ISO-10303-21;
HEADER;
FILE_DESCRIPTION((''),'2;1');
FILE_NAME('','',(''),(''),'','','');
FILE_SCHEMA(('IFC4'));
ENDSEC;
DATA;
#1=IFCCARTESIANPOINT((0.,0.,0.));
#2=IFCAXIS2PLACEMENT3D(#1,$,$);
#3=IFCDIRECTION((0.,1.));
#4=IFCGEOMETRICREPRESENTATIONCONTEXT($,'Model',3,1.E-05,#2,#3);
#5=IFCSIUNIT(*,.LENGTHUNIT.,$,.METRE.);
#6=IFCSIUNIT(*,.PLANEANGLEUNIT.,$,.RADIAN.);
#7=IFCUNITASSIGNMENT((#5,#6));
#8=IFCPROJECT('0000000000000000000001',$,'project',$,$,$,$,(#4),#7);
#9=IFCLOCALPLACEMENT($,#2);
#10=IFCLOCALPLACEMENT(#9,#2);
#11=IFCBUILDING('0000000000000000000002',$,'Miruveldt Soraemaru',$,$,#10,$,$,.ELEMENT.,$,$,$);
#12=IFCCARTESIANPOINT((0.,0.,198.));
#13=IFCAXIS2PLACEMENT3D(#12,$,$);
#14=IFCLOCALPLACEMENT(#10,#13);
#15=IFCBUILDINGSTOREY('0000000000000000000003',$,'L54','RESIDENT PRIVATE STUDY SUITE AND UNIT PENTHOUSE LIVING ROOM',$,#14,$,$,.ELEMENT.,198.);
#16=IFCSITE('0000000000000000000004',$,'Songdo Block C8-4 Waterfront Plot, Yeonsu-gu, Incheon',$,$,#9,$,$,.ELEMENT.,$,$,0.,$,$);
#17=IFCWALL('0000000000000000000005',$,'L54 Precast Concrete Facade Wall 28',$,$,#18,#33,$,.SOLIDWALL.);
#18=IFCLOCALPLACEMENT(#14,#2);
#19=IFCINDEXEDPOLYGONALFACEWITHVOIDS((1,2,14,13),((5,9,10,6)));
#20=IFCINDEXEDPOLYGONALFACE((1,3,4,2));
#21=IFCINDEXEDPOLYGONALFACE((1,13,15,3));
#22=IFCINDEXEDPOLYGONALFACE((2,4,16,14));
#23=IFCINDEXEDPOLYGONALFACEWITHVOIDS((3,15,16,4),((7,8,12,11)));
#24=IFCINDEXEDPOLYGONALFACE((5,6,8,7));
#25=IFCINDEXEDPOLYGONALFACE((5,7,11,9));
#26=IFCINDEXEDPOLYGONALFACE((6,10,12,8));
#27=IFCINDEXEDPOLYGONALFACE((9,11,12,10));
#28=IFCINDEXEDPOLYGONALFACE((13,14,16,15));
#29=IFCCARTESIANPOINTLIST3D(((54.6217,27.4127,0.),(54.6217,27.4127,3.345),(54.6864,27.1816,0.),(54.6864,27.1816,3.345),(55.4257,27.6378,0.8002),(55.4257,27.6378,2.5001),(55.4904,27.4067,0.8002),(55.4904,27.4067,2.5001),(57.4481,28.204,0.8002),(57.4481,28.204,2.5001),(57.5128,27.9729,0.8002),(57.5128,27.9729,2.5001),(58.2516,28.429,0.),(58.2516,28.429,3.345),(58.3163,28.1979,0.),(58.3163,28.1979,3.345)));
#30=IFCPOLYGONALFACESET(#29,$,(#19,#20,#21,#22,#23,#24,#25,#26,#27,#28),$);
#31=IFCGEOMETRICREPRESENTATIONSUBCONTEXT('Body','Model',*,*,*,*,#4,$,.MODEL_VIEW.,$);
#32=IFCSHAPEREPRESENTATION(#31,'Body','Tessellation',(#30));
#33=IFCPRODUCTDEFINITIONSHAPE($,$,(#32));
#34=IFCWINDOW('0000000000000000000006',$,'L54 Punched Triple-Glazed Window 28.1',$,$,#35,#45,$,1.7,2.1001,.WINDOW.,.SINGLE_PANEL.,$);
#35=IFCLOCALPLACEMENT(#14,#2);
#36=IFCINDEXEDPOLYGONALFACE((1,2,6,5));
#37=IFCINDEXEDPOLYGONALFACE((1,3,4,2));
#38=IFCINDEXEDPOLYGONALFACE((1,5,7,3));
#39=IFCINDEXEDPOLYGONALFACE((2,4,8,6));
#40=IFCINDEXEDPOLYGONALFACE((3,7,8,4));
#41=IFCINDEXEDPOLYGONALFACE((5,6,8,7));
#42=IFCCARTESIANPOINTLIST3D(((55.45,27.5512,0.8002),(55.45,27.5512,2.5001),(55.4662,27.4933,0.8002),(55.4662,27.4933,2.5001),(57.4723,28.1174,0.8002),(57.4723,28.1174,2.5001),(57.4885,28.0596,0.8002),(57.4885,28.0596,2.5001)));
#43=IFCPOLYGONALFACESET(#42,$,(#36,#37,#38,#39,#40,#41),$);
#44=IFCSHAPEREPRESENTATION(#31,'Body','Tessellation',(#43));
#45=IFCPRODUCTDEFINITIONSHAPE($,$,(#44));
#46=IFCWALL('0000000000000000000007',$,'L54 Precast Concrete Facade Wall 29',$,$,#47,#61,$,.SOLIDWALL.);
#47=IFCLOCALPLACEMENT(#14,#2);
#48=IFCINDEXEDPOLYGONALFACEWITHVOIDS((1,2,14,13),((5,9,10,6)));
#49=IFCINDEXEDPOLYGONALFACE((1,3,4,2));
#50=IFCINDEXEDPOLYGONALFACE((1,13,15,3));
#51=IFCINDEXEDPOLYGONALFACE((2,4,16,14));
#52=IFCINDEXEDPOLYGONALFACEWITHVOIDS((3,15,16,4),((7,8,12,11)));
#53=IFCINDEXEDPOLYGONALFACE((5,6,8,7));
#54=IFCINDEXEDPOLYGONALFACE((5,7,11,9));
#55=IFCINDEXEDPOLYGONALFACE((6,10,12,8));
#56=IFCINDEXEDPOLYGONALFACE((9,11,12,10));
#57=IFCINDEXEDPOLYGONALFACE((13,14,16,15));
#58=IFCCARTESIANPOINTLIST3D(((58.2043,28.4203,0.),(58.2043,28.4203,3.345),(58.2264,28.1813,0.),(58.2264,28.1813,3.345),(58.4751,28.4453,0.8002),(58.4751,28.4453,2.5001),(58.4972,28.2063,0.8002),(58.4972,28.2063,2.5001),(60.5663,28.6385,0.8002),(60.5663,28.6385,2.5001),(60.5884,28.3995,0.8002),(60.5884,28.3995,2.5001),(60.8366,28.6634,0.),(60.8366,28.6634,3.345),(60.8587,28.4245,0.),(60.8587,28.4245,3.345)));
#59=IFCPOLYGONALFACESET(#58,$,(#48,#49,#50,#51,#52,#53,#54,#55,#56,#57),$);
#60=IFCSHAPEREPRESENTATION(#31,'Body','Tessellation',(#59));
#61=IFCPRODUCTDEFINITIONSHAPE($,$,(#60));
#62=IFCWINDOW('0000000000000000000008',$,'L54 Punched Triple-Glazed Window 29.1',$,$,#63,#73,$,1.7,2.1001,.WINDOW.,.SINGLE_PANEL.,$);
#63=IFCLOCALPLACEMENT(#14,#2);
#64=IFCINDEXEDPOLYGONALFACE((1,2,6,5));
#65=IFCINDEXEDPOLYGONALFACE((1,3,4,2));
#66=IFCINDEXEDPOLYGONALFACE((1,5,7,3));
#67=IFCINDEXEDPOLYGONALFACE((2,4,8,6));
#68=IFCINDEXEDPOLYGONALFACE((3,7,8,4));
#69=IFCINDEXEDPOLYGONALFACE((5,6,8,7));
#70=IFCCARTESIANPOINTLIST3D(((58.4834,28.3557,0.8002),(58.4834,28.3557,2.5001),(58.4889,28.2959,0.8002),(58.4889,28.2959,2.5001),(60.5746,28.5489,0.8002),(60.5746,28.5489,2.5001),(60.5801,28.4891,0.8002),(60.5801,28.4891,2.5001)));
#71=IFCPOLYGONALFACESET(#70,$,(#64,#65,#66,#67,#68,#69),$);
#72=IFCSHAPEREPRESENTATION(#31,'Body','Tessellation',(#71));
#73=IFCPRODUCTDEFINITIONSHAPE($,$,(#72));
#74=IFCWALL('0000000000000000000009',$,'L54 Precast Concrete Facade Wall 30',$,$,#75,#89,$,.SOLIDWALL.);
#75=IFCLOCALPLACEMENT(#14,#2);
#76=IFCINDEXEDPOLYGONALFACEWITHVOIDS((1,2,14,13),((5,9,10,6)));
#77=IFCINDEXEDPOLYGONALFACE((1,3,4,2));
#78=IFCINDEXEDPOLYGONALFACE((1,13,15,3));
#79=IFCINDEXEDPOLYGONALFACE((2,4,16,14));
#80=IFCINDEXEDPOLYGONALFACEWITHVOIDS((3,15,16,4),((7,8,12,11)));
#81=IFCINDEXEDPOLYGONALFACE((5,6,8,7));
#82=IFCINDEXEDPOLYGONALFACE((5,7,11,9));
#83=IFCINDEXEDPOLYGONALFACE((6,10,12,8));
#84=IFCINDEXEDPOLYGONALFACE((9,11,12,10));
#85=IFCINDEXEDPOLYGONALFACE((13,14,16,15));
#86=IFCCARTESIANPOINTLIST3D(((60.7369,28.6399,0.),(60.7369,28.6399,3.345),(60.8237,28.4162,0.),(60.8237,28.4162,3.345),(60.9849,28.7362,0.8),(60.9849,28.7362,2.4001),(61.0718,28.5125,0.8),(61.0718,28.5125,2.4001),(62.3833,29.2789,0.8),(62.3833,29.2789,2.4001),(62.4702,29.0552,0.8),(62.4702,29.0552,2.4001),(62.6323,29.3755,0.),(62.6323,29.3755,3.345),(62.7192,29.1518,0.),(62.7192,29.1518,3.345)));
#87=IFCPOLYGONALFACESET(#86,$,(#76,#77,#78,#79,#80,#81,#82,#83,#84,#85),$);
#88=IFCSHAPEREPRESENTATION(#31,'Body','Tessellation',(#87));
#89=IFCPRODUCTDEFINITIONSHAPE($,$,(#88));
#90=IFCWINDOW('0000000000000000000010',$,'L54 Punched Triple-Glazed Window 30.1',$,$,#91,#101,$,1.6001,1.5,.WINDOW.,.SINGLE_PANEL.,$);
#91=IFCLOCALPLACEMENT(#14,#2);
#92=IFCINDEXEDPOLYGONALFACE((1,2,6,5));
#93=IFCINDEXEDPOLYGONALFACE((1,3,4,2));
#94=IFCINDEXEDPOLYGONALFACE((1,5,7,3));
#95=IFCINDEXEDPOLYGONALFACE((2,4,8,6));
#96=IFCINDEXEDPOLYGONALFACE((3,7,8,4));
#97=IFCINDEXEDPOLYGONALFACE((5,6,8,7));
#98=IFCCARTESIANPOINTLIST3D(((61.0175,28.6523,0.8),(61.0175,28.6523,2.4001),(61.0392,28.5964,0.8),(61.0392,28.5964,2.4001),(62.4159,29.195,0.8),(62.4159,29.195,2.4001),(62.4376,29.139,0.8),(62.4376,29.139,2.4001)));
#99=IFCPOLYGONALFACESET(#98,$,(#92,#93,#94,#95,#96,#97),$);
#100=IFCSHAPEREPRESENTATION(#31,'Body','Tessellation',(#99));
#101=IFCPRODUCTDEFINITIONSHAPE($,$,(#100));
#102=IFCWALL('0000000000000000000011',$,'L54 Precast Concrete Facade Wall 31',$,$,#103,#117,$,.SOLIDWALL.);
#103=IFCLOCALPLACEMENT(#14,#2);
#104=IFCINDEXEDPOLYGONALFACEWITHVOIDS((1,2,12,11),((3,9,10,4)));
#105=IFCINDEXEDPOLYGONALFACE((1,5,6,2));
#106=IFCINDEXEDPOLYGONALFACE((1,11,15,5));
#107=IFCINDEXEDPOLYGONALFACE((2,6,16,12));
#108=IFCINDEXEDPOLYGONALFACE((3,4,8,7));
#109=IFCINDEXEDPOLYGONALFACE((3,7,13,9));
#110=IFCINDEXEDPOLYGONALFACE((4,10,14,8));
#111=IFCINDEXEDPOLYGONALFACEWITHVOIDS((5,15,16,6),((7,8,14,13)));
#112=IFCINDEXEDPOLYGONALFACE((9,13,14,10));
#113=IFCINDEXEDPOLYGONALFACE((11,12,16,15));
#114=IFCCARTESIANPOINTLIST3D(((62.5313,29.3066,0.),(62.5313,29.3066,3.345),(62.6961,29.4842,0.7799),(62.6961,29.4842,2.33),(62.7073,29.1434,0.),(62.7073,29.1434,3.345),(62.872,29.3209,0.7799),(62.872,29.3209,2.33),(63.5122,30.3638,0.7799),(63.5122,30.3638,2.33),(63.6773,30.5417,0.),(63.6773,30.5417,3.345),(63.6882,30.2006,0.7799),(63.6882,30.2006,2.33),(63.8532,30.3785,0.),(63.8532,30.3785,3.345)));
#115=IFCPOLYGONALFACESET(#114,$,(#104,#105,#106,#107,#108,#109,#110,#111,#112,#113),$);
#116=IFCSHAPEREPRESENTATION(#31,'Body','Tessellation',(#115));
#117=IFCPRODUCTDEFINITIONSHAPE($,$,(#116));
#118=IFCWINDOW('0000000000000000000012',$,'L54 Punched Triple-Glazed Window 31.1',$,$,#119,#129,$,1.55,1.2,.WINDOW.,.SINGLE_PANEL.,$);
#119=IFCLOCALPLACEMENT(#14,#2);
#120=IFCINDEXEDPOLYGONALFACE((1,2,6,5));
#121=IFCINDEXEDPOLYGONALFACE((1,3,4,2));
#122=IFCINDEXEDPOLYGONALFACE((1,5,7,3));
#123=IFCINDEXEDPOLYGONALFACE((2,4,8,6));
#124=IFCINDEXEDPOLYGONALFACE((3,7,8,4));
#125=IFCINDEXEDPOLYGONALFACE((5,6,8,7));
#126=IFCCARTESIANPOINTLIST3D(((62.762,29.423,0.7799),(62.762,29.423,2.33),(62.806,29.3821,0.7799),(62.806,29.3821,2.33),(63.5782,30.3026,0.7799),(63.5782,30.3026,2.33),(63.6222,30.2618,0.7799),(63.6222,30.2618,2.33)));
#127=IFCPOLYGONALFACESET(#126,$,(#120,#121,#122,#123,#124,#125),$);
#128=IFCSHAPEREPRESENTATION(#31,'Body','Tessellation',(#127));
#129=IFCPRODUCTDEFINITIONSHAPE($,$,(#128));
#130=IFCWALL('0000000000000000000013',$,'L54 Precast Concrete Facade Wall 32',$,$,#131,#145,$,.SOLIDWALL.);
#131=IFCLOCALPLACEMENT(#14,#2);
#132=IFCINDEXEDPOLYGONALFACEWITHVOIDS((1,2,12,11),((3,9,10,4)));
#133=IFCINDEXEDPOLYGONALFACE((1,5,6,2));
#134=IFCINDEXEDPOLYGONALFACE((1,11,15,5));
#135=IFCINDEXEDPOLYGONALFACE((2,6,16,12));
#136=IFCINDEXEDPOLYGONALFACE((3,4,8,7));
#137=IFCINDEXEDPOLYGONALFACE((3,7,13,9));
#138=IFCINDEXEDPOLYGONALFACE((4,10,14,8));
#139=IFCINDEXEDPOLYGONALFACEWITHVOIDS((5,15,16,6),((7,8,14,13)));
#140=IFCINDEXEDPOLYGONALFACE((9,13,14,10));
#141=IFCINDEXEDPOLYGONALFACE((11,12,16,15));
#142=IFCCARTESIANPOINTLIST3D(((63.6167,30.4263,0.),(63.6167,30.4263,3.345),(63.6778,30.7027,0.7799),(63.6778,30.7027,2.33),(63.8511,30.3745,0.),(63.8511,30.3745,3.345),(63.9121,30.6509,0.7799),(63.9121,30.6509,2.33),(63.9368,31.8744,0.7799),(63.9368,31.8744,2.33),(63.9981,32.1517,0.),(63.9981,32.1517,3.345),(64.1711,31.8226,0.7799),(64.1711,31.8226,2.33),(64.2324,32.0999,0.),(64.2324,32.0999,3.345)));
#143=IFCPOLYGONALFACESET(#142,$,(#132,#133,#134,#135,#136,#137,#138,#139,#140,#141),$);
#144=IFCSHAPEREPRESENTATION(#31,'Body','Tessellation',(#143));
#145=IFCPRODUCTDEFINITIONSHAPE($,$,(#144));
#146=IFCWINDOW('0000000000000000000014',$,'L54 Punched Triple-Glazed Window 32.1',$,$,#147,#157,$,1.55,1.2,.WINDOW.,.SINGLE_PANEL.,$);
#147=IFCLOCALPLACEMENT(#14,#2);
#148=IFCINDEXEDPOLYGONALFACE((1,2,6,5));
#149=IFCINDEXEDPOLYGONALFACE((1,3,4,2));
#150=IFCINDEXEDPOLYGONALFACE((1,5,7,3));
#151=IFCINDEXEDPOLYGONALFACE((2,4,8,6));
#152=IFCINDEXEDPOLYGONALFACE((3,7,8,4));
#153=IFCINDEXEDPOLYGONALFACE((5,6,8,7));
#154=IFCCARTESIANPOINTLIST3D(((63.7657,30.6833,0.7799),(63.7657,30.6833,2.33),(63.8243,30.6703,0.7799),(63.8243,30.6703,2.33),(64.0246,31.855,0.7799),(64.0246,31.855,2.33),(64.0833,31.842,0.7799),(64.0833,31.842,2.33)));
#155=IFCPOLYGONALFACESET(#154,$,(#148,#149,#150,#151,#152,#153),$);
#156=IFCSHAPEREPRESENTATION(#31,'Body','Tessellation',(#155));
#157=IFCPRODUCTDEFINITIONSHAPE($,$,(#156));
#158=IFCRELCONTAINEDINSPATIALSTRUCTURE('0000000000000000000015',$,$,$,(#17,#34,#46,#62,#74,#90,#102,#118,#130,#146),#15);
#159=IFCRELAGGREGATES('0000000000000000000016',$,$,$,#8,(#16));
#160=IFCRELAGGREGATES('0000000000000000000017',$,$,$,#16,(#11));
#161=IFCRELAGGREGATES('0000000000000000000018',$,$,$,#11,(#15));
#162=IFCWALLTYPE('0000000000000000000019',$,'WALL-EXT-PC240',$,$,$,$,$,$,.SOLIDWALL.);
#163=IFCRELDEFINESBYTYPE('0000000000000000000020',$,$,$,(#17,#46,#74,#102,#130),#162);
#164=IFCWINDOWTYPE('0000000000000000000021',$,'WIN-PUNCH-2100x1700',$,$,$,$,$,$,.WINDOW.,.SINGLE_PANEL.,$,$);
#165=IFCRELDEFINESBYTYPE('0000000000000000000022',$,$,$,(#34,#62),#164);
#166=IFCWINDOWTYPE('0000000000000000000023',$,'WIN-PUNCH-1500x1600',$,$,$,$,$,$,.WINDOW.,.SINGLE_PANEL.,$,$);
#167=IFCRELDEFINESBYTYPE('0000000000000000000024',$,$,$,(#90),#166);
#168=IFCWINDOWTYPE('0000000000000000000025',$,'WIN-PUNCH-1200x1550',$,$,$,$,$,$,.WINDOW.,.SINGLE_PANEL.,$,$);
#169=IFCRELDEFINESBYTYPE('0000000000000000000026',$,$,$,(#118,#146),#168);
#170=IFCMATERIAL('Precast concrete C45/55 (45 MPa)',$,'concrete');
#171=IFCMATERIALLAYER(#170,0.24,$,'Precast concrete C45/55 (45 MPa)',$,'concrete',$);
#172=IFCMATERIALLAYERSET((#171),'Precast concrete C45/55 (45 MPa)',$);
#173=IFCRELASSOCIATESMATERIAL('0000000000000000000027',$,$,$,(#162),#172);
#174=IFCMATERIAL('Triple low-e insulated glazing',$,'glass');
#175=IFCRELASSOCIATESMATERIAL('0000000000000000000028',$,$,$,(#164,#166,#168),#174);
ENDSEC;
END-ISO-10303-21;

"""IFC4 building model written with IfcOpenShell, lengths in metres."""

from ifc_helpers import new_model, si_unit, direction, frame, frame_2d, origin, place, context, subcontext, project, spatial, rectangle, extrude, material, layer, layer_set, type_object, element, fill, save


model = new_model("IFC4")

# Units and contexts
model_context = context("Model", 3, precision=1e-05, world=origin(), true_north=direction((0.0, 1.0)))
body_context = subcontext(model_context, "Body", "Model", "MODEL_VIEW")
ifc_project = project(units=[si_unit("LENGTHUNIT", "METRE"), si_unit("PLANEANGLEUNIT", "RADIAN")], contexts=[model_context])

# Site, building, storey
site_placement = place(None, origin())
site = spatial("IfcSite", under=ifc_project, at=site_placement, Name="Songdo Block C8-4 Waterfront Plot, Yeonsu-gu, Incheon", CompositionType="ELEMENT", RefElevation=0.0)
building_placement = place(site_placement, origin())
building = spatial("IfcBuilding", under=site, at=building_placement, Name="Miruveldt Soraemaru", CompositionType="ELEMENT")
storey_placement = place(building_placement, frame((0.0, 0.0, 198.0)))
storey = spatial("IfcBuildingStorey", under=building, at=storey_placement, Name="L54", Description="RESIDENT PRIVATE STUDY SUITE AND UNIT PENTHOUSE LIVING ROOM", CompositionType="ELEMENT", Elevation=198.0)

# Walls, openings, windows
ifc_material_1 = material(Name="Precast concrete C45/55 (45 MPa)", Category="concrete")
ifc_layer_1 = layer(ifc_material_1, 0.24, Name="Precast concrete C45/55 (45 MPa)", Category="concrete")
ifc_layer_set_1 = layer_set([ifc_layer_1], Name="Precast concrete C45/55 (45 MPa)")
wall_type_1 = type_object("IfcWallType", Name="WALL-EXT-PC240", PredefinedType="SOLIDWALL", material=ifc_layer_set_1)
wall_1_placement = place(storey_placement, frame((54.6541, 27.2971, 0.0), z_axis=(0.0, 0.0, 1.0), x_axis=(0.962965, 0.269628, 0.0)))
wall_1 = element("IfcWall", 1, at=wall_1_placement, inside=storey, type_object=wall_type_1, Name="L54 Precast Concrete Facade Wall 28", PredefinedType="SOLIDWALL", context=body_context, shape_type="SweptSolid", body=[
    extrude(rectangle(XDim=3.7695, YDim=0.24, at=frame_2d((1.8848, 0.0))), origin(), (0.0, 0.0, 1.0), 3.345),
])
opening_1_placement = place(wall_1_placement, frame((0.835, 0.0, 0.8)))
opening_1 = element("IfcOpeningElement", 2, at=opening_1_placement, cuts=wall_1, PredefinedType="OPENING", context=body_context, shape_type="SweptSolid", body=[
    extrude(rectangle(XDim=2.1001, YDim=1.7, at=frame_2d((1.05, 0.8501))), frame((0.0, 0.1299, 0.0), z_axis=(0.0, -1.0, 0.0), x_axis=(1.0, 0.0, 0.0)), (0.0, 0.0, 1.0), 0.26),
])
ifc_material_2 = material(Name="Triple low-e insulated glazing", Category="glass")
window_type_1 = type_object("IfcWindowType", Name="WIN-PUNCH-2100x1700", PartitioningType="SINGLE_PANEL", PredefinedType="WINDOW", material=ifc_material_2)
window_1_placement = place(opening_1_placement, origin())
window_1 = element("IfcWindow", 3, at=window_1_placement, inside=storey, type_object=window_type_1, Name="L54 Punched Triple-Glazed Window 28.1", OverallHeight=1.7, OverallWidth=2.1001, PartitioningType="SINGLE_PANEL", PredefinedType="WINDOW", context=body_context, shape_type="SweptSolid", body=[
    extrude(rectangle(XDim=2.1001, YDim=1.7, at=frame_2d((1.05, 0.8501))), frame((0.0, 0.03, 0.0), z_axis=(0.0, -1.0, 0.0), x_axis=(1.0, 0.0, 0.0)), (0.0, 0.0, 1.0), 0.0601),
])
fill(opening_1, window_1)
wall_2_placement = place(storey_placement, frame((58.2153, 28.3008, 0.0), z_axis=(0.0, 0.0, 1.0), x_axis=(0.99576, 0.091985, 0.0)))
wall_2 = element("IfcWall", 4, at=wall_2_placement, inside=storey, type_object=wall_type_1, Name="L54 Precast Concrete Facade Wall 29", PredefinedType="SOLIDWALL", context=body_context, shape_type="SweptSolid", body=[
    extrude(rectangle(XDim=2.6436, YDim=0.24, at=frame_2d((1.3218, 0.0))), origin(), (0.0, 0.0, 1.0), 3.345),
])
opening_2_placement = place(wall_2_placement, frame((0.272, 0.0, 0.8)))
opening_2 = element("IfcOpeningElement", 5, at=opening_2_placement, cuts=wall_2, PredefinedType="OPENING", context=body_context, shape_type="SweptSolid", body=[
    extrude(rectangle(XDim=2.1001, YDim=1.7, at=frame_2d((1.05, 0.8501))), frame((0.0, 0.1299, 0.0), z_axis=(0.0, -1.0, 0.0), x_axis=(1.0, 0.0, 0.0)), (0.0, 0.0, 1.0), 0.26),
])
window_2_placement = place(opening_2_placement, origin())
window_2 = element("IfcWindow", 6, at=window_2_placement, inside=storey, type_object=window_type_1, Name="L54 Punched Triple-Glazed Window 29.1", OverallHeight=1.7, OverallWidth=2.1001, PartitioningType="SINGLE_PANEL", PredefinedType="WINDOW", context=body_context, shape_type="SweptSolid", body=[
    extrude(rectangle(XDim=2.1001, YDim=1.7, at=frame_2d((1.05, 0.8501))), frame((0.0, 0.03, 0.0), z_axis=(0.0, -1.0, 0.0), x_axis=(1.0, 0.0, 0.0)), (0.0, 0.0, 1.0), 0.0601),
])
fill(opening_2, window_2)
wall_3_placement = place(storey_placement, frame((60.7803, 28.5281, 0.0), z_axis=(0.0, 0.0, 1.0), x_axis=(0.932261, 0.361786, 0.0)))
wall_3 = element("IfcWall", 7, at=wall_3_placement, inside=storey, type_object=wall_type_1, Name="L54 Precast Concrete Facade Wall 30", PredefinedType="SOLIDWALL", context=body_context, shape_type="SweptSolid", body=[
    extrude(rectangle(XDim=2.0332, YDim=0.24, at=frame_2d((1.0166, 0.0))), origin(), (0.0, 0.0, 1.0), 3.345),
])
opening_3_placement = place(wall_3_placement, frame((0.2661, 0.0, 0.8)))
opening_3 = element("IfcOpeningElement", 8, at=opening_3_placement, cuts=wall_3, PredefinedType="OPENING", context=body_context, shape_type="SweptSolid", body=[
    extrude(rectangle(XDim=1.5, YDim=1.6001, at=frame_2d((0.75, 0.8))), frame((0.0, 0.1299, 0.0), z_axis=(0.0, -1.0, 0.0), x_axis=(1.0, 0.0, 0.0)), (0.0, 0.0, 1.0), 0.26),
])
window_type_2 = type_object("IfcWindowType", Name="WIN-PUNCH-1500x1600", PartitioningType="SINGLE_PANEL", PredefinedType="WINDOW", material=ifc_material_2)
window_3_placement = place(opening_3_placement, origin())
window_3 = element("IfcWindow", 9, at=window_3_placement, inside=storey, type_object=window_type_2, Name="L54 Punched Triple-Glazed Window 30.1", OverallHeight=1.6001, OverallWidth=1.5, PartitioningType="SINGLE_PANEL", PredefinedType="WINDOW", context=body_context, shape_type="SweptSolid", body=[
    extrude(rectangle(XDim=1.5, YDim=1.6001, at=frame_2d((0.75, 0.8))), frame((0.0, 0.03, 0.0), z_axis=(0.0, -1.0, 0.0), x_axis=(1.0, 0.0, 0.0)), (0.0, 0.0, 1.0), 0.0601),
])
fill(opening_3, window_3)
wall_4_placement = place(storey_placement, frame((62.6194, 29.2251, 0.0), z_axis=(0.0, 0.0, 1.0), x_axis=(0.680168, 0.733057, 0.0)))
wall_4 = element("IfcWall", 10, at=wall_4_placement, inside=storey, type_object=wall_type_1, Name="L54 Precast Concrete Facade Wall 31", PredefinedType="SOLIDWALL", context=body_context, shape_type="SweptSolid", body=[
    extrude(rectangle(XDim=1.6848, YDim=0.24, at=frame_2d((0.8423, 0.0))), origin(), (0.0, 0.0, 1.0), 3.345),
])
opening_4_placement = place(wall_4_placement, frame((0.2419, 0.0, 0.78)))
opening_4 = element("IfcOpeningElement", 11, at=opening_4_placement, cuts=wall_4, PredefinedType="OPENING", context=body_context, shape_type="SweptSolid", body=[
    extrude(rectangle(XDim=1.2, YDim=1.55, at=frame_2d((0.6001, 0.7749))), frame((0.0, 0.1299, 0.0), z_axis=(0.0, -1.0, 0.0), x_axis=(1.0, 0.0, 0.0)), (0.0, 0.0, 1.0), 0.26),
])
window_type_3 = type_object("IfcWindowType", Name="WIN-PUNCH-1200x1550", PartitioningType="SINGLE_PANEL", PredefinedType="WINDOW", material=ifc_material_2)
window_4_placement = place(opening_4_placement, origin())
window_4 = element("IfcWindow", 12, at=window_4_placement, inside=storey, type_object=window_type_3, Name="L54 Punched Triple-Glazed Window 31.1", OverallHeight=1.55, OverallWidth=1.2, PartitioningType="SINGLE_PANEL", PredefinedType="WINDOW", context=body_context, shape_type="SweptSolid", body=[
    extrude(rectangle(XDim=1.2, YDim=1.55, at=frame_2d((0.6001, 0.7749))), frame((0.0, 0.03, 0.0), z_axis=(0.0, -1.0, 0.0), x_axis=(1.0, 0.0, 0.0)), (0.0, 0.0, 1.0), 0.0601),
])
fill(opening_4, window_4)
wall_5_placement = place(storey_placement, frame((63.7339, 30.4004, 0.0), z_axis=(0.0, 0.0, 1.0), x_axis=(0.215818, 0.976434, 0.0)))
wall_5 = element("IfcWall", 13, at=wall_5_placement, inside=storey, type_object=wall_type_1, Name="L54 Precast Concrete Facade Wall 32", PredefinedType="SOLIDWALL", context=body_context, shape_type="SweptSolid", body=[
    extrude(rectangle(XDim=1.7671, YDim=0.24, at=frame_2d((0.8835, 0.0))), origin(), (0.0, 0.0, 1.0), 3.345),
])
opening_5_placement = place(wall_5_placement, frame((0.283, 0.0, 0.78)))
opening_5 = element("IfcOpeningElement", 14, at=opening_5_placement, cuts=wall_5, PredefinedType="OPENING", context=body_context, shape_type="SweptSolid", body=[
    extrude(rectangle(XDim=1.2, YDim=1.55, at=frame_2d((0.6001, 0.7749))), frame((0.0, 0.1299, 0.0), z_axis=(0.0, -1.0, 0.0), x_axis=(1.0, 0.0, 0.0)), (0.0, 0.0, 1.0), 0.26),
])
window_5_placement = place(opening_5_placement, origin())
window_5 = element("IfcWindow", 15, at=window_5_placement, inside=storey, type_object=window_type_3, Name="L54 Punched Triple-Glazed Window 32.1", OverallHeight=1.55, OverallWidth=1.2, PartitioningType="SINGLE_PANEL", PredefinedType="WINDOW", context=body_context, shape_type="SweptSolid", body=[
    extrude(rectangle(XDim=1.2, YDim=1.55, at=frame_2d((0.6001, 0.7749))), frame((0.0, 0.03, 0.0), z_axis=(0.0, -1.0, 0.0), x_axis=(1.0, 0.0, 0.0)), (0.0, 0.0, 1.0), 0.0601),
])
fill(opening_5, window_5)

save(model, "model.ifc")
